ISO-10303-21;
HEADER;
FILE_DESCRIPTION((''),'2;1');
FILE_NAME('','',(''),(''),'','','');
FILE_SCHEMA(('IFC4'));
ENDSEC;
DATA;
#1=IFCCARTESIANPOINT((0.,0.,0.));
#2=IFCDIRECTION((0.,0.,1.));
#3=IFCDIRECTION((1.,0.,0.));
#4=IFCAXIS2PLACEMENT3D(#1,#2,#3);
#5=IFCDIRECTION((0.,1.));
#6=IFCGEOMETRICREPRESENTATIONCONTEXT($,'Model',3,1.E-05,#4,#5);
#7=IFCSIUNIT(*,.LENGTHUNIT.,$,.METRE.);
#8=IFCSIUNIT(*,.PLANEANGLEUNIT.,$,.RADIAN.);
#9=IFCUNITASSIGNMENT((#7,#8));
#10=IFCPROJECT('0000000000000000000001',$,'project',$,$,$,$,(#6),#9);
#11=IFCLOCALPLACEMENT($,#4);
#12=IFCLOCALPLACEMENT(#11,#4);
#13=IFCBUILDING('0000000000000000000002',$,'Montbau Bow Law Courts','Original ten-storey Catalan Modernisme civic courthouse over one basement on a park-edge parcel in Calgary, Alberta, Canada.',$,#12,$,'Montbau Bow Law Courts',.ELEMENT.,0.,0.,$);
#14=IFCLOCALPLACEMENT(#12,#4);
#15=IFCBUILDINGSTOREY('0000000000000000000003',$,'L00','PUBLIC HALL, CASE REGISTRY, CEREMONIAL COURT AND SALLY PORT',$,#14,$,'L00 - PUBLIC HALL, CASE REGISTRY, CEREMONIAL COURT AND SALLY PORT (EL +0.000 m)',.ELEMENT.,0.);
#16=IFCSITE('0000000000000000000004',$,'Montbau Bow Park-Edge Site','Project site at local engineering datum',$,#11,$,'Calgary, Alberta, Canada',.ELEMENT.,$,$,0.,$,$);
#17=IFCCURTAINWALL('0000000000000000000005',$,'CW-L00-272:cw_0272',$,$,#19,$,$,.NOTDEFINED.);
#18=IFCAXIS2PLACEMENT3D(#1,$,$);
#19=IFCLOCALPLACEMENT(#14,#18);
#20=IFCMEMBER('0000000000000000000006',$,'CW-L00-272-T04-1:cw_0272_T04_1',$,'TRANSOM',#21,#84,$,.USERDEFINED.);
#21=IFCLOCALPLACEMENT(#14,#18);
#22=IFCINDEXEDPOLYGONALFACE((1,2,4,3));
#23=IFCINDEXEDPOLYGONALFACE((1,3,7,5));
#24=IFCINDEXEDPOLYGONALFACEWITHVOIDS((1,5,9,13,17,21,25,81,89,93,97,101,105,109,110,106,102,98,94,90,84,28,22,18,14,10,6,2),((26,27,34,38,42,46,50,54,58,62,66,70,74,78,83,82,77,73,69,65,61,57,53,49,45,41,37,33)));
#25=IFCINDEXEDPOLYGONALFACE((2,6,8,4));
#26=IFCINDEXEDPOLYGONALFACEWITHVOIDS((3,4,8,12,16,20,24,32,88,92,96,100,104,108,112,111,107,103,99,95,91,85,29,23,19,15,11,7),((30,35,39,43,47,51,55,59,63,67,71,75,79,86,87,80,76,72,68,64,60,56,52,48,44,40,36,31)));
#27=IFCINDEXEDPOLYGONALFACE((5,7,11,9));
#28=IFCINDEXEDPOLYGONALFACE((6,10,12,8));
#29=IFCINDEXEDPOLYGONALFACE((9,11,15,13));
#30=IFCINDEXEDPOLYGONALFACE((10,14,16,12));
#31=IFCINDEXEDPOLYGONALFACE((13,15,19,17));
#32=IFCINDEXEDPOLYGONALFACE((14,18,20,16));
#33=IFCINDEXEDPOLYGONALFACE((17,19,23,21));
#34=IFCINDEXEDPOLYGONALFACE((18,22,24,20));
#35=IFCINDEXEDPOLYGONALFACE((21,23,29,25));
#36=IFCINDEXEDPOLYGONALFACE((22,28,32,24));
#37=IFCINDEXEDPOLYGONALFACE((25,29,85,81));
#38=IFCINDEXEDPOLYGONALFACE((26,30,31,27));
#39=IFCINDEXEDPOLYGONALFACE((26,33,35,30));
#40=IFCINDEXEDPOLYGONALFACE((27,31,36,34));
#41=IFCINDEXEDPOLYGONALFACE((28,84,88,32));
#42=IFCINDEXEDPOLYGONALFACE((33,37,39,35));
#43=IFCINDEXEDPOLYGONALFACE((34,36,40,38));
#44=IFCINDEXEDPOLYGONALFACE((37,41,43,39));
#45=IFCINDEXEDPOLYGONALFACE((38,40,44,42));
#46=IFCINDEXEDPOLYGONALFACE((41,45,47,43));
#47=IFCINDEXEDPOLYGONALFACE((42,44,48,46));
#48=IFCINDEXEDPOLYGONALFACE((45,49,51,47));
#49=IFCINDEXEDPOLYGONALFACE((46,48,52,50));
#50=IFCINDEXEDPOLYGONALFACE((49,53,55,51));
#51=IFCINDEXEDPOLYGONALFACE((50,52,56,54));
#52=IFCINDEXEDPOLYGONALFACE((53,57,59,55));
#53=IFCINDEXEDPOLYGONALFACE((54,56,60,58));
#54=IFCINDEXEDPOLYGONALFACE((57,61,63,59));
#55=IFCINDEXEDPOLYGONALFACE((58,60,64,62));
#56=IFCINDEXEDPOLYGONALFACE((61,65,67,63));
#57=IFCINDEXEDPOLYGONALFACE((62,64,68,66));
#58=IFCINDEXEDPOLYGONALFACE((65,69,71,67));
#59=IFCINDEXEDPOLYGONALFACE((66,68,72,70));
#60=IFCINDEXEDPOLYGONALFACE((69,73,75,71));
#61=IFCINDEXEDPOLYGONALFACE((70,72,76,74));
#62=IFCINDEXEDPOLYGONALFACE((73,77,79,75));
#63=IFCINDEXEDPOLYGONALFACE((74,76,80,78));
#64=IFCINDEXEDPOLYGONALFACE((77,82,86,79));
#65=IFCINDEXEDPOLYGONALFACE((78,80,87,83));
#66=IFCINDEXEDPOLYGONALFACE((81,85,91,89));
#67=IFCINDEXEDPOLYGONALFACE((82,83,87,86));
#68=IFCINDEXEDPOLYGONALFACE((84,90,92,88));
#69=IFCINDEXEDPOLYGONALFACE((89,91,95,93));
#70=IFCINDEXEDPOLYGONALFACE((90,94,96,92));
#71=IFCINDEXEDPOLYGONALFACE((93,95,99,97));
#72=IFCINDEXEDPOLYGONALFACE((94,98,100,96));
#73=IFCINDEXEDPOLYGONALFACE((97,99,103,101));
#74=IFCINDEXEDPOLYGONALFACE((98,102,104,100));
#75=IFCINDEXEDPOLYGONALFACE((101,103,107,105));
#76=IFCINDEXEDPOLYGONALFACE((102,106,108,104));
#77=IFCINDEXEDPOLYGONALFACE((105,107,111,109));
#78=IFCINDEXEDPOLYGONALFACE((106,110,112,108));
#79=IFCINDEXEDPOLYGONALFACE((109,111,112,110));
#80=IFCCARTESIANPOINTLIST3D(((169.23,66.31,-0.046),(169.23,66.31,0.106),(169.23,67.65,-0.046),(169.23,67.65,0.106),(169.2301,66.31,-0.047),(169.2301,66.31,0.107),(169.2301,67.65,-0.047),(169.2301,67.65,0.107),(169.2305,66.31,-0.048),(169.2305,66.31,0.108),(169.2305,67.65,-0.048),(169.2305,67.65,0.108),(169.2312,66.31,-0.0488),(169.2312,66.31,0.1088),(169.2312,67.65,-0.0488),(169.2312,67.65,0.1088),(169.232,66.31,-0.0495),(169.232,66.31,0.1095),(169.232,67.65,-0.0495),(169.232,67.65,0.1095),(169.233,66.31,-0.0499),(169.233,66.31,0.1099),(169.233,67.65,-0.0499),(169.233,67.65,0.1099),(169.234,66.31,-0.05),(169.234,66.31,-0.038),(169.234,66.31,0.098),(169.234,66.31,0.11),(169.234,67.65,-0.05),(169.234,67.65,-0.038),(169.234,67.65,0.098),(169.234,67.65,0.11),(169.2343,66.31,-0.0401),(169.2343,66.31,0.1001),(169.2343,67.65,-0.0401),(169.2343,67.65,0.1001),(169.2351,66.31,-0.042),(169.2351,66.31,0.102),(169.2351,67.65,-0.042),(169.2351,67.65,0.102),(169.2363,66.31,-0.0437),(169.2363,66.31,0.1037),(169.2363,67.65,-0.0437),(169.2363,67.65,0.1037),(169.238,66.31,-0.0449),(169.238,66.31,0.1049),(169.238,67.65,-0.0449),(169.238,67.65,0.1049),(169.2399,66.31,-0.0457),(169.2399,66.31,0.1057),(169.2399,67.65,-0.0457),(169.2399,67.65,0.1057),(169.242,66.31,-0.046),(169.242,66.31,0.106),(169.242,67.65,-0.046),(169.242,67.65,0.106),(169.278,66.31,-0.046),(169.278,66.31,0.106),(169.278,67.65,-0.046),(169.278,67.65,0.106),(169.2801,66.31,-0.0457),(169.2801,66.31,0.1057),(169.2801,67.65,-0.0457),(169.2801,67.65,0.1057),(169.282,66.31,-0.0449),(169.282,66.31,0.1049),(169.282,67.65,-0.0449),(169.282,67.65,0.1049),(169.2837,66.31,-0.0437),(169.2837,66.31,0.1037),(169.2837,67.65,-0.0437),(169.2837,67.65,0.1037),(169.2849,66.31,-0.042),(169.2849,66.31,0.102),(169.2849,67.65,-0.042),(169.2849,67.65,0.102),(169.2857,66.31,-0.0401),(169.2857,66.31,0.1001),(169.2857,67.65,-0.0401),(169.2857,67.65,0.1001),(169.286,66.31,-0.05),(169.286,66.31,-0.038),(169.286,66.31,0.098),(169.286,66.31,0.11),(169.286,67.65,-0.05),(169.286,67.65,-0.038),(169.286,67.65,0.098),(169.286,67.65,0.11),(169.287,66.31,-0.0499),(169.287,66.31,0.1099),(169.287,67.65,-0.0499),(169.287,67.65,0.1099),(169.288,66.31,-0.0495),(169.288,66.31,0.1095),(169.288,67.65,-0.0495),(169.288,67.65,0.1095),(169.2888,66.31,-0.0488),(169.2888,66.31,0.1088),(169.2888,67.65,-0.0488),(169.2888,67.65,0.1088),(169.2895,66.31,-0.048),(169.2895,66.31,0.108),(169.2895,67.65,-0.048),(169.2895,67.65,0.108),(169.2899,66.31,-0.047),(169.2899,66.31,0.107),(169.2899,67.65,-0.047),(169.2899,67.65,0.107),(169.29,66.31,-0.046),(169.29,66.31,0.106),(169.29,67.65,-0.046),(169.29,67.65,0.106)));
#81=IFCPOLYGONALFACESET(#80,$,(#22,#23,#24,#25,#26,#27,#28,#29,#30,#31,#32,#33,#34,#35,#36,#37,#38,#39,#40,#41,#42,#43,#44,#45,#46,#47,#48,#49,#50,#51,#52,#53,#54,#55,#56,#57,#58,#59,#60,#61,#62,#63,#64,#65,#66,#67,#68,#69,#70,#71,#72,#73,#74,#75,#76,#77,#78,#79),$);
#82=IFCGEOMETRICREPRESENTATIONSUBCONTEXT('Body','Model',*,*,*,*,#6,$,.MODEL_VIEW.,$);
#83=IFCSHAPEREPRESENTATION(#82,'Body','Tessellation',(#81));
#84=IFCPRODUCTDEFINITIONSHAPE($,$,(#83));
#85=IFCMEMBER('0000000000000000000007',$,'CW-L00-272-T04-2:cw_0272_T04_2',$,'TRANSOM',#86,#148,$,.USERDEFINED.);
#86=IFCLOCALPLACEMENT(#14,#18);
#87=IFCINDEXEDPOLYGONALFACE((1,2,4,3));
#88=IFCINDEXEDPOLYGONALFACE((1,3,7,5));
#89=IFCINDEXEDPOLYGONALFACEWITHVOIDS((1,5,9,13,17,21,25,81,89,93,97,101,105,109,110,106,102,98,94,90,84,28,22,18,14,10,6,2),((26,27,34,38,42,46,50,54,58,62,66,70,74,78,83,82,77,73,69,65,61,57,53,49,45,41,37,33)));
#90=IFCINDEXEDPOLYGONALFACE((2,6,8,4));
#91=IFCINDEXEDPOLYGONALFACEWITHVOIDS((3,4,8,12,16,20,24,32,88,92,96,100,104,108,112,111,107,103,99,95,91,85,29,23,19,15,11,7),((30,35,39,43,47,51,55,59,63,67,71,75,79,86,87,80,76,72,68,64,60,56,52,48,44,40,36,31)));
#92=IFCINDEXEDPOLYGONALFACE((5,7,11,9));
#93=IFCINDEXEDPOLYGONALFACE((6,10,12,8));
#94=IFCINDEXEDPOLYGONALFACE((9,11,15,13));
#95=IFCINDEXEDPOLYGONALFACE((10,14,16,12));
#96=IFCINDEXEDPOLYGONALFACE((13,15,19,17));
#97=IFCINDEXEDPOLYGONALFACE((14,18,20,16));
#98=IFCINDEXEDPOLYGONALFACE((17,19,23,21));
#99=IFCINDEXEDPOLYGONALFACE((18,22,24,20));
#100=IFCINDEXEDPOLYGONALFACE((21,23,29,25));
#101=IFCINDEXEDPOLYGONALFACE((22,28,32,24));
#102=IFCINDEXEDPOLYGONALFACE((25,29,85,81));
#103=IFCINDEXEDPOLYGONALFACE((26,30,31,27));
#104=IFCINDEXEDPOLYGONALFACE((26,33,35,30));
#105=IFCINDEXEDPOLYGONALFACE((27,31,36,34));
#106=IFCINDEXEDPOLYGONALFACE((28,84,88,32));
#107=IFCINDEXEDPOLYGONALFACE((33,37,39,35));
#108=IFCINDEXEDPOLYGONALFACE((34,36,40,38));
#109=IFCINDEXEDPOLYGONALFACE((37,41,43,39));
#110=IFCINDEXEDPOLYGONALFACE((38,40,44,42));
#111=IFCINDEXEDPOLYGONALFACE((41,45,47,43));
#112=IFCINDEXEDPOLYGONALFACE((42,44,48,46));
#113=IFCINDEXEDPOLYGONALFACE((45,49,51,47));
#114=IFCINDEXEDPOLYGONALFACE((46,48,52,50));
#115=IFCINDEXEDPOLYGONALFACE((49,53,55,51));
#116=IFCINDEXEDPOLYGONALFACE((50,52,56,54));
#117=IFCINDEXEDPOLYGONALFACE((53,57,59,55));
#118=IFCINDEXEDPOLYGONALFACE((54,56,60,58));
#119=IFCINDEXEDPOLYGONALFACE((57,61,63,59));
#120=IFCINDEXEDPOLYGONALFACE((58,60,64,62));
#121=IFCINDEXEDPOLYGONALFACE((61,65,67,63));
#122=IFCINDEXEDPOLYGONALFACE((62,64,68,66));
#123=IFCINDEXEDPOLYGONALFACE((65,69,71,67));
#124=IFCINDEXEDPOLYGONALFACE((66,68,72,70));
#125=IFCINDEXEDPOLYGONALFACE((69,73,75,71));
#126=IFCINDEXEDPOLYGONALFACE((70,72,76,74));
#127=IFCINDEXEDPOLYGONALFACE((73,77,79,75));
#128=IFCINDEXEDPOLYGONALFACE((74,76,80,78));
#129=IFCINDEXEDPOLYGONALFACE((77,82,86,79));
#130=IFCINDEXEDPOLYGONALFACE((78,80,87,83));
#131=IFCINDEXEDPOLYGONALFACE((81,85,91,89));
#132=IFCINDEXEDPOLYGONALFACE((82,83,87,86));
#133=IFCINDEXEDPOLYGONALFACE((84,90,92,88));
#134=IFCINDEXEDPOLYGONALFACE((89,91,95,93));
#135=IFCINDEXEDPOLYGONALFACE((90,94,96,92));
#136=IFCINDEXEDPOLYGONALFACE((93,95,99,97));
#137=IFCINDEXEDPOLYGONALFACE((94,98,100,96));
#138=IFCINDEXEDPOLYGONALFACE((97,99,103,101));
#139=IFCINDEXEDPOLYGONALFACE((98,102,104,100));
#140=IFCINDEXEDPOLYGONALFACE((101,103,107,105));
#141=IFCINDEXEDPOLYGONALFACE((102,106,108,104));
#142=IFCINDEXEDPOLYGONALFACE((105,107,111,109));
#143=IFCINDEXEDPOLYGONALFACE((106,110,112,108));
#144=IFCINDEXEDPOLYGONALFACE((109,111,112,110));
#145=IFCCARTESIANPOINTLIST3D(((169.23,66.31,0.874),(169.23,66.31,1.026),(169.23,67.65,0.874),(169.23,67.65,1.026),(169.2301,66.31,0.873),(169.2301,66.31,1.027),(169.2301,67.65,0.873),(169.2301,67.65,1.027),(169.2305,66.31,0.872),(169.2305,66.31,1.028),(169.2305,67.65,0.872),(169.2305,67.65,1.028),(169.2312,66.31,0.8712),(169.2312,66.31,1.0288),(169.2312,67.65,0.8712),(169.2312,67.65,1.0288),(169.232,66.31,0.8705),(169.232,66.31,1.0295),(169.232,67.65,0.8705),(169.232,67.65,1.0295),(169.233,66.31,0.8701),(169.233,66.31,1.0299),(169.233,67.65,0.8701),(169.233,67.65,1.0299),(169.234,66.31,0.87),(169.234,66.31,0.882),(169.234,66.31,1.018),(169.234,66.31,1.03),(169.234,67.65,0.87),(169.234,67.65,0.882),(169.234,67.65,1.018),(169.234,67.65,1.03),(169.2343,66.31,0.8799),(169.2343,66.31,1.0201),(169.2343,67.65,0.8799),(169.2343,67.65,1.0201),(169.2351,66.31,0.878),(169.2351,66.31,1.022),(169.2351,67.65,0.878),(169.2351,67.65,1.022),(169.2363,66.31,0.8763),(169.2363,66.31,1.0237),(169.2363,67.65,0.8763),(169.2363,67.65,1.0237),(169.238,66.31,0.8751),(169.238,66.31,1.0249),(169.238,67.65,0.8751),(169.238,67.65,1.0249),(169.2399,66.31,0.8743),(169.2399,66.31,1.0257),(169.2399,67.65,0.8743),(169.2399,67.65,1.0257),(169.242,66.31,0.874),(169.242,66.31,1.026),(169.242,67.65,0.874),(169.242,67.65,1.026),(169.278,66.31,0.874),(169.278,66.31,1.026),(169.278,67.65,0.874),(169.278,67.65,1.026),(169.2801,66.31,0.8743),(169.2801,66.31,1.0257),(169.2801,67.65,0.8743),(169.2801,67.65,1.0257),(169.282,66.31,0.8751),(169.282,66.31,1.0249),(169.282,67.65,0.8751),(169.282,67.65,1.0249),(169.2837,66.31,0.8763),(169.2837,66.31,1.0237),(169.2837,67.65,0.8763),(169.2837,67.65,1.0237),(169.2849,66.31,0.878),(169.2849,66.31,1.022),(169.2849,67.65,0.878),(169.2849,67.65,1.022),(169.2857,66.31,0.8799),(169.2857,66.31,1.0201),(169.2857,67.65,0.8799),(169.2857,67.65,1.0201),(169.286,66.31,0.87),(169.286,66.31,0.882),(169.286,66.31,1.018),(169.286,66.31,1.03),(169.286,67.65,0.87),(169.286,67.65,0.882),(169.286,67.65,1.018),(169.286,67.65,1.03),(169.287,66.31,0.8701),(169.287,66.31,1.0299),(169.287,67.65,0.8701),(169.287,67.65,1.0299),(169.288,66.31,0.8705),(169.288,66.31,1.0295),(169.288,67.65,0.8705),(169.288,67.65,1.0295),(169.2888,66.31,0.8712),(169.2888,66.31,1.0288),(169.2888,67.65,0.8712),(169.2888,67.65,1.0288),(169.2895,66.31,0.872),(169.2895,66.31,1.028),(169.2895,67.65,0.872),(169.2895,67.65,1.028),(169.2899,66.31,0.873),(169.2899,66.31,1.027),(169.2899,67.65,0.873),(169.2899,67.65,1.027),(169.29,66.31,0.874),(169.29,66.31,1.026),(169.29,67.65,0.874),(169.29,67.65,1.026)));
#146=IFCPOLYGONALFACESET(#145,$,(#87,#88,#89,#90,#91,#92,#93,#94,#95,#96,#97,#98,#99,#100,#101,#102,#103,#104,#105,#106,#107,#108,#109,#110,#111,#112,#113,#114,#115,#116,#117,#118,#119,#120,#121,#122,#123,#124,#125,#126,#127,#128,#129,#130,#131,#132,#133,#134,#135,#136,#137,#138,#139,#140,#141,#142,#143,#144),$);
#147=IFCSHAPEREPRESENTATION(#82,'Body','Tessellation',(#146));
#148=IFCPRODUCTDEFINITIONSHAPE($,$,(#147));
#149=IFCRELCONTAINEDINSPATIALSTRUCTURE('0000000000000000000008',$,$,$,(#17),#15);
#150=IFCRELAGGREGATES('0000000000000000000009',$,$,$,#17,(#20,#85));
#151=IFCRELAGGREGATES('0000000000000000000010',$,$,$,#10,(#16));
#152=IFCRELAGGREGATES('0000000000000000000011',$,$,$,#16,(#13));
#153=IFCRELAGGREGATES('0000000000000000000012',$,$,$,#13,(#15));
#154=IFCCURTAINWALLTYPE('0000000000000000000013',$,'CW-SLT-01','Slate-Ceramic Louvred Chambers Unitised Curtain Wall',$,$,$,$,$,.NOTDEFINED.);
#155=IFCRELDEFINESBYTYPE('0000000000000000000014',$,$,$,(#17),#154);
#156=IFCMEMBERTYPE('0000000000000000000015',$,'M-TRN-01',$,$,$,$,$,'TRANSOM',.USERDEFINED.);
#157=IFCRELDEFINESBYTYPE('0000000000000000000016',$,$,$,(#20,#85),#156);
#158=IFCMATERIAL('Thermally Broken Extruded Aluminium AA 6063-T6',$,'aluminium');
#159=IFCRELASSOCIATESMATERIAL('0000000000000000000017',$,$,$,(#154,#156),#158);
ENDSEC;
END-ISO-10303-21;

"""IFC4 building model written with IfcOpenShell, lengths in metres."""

from ifc_helpers import new_model, si_unit, direction, frame, origin_with_axes, origin_2d_with_axis, place, context, subcontext, project, spatial, hollow_rectangle, extrude, material, material_profile, profile_set, type_object, element, aggregate, save


model = new_model("IFC4")

# Units and contexts
model_context = context("Model", 3, precision=1e-05, world=origin_with_axes(), true_north=direction((0.0, 1.0)))
body_context = subcontext(model_context, "Body", "Model", "MODEL_VIEW")
ifc_project = project(units=[si_unit("LENGTHUNIT", "METRE"), si_unit("PLANEANGLEUNIT", "RADIAN")], contexts=[model_context])

# Site, building, storey
site_placement = place(None, origin_with_axes())
site = spatial("IfcSite", under=ifc_project, at=site_placement, Name="Montbau Bow Park-Edge Site", Description="Project site at local engineering datum", LongName="Calgary, Alberta, Canada", CompositionType="ELEMENT", RefElevation=0.0)
building_placement = place(site_placement, origin_with_axes())
building = spatial("IfcBuilding", under=site, at=building_placement, Name="Montbau Bow Law Courts", Description="Original ten-storey Catalan Modernisme civic courthouse over one basement on a park-edge parcel in Calgary, Alberta, Canada.", LongName="Montbau Bow Law Courts", CompositionType="ELEMENT", ElevationOfRefHeight=0.0, ElevationOfTerrain=0.0)
storey_placement = place(building_placement, origin_with_axes())
storey = spatial("IfcBuildingStorey", under=building, at=storey_placement, Name="L00", Description="PUBLIC HALL, CASE REGISTRY, CEREMONIAL COURT AND SALLY PORT", LongName="L00 - PUBLIC HALL, CASE REGISTRY, CEREMONIAL COURT AND SALLY PORT (EL +0.000 m)", CompositionType="ELEMENT", Elevation=0.0)

# Curtain wall, members
ifc_material_1 = material(Name="Thermally Broken Extruded Aluminium AA 6063-T6", Category="aluminium")
curtain_wall_type = type_object("IfcCurtainWallType", Name="CW-SLT-01", Description="Slate-Ceramic Louvred Chambers Unitised Curtain Wall", PredefinedType="NOTDEFINED", material=ifc_material_1)
curtain_wall_1_placement = place(None, frame((169.26, 62.068, 0.0), z_axis=(0.0, 0.0, 1.0), x_axis=(1.0, 0.0, 0.0)))
curtain_wall_1 = element("IfcCurtainWall", 1, at=curtain_wall_1_placement, inside=storey, type_object=curtain_wall_type, Name="CW-L00-272:cw_0272", PredefinedType="NOTDEFINED")
ifc_material_profile_1 = material_profile(ifc_material_1, hollow_rectangle(XDim=0.06, YDim=0.16, WallThickness=0.004, InnerFilletRadius=0.008, OuterFilletRadius=0.004, at=origin_2d_with_axis()), Name="CWT-160X60", Category="Main", Priority=0)
ifc_profile_set_1 = profile_set([ifc_material_profile_1], Name="Thermally Broken Extruded Aluminium AA 6063-T6")
member_type_1 = type_object("IfcMemberType", Name="M-TRN-01", ElementType="TRANSOM", PredefinedType="USERDEFINED", material=ifc_profile_set_1)
member_1_placement = place(None, frame((169.26, 66.31, 0.03), z_axis=(0.0, 1.0, 0.0), x_axis=(-1.0, 0.0, 0.0)))
member_1 = element("IfcMember", 2, at=member_1_placement, type_object=member_type_1, Name="CW-L00-272-T04-1:cw_0272_T04_1", ObjectType="TRANSOM", PredefinedType="USERDEFINED", context=body_context, shape_type="SweptSolid", body=[
    extrude(hollow_rectangle(XDim=0.06, YDim=0.16, WallThickness=0.004, InnerFilletRadius=0.008, OuterFilletRadius=0.004, at=origin_2d_with_axis()), origin_with_axes(), (0.0, 0.0, 1.0), 1.34),
])
member_2_placement = place(None, frame((169.26, 66.31, 0.95), z_axis=(0.0, 1.0, 0.0), x_axis=(-1.0, 0.0, 0.0)))
member_2 = element("IfcMember", 3, at=member_2_placement, type_object=member_type_1, Name="CW-L00-272-T04-2:cw_0272_T04_2", ObjectType="TRANSOM", PredefinedType="USERDEFINED", context=body_context, shape_type="SweptSolid", body=[
    extrude(hollow_rectangle(XDim=0.06, YDim=0.16, WallThickness=0.004, InnerFilletRadius=0.008, OuterFilletRadius=0.004, at=origin_2d_with_axis()), origin_with_axes(), (0.0, 0.0, 1.0), 1.34),
])

aggregate(curtain_wall_1, [member_1, member_2])

save(model, "model.ifc")
